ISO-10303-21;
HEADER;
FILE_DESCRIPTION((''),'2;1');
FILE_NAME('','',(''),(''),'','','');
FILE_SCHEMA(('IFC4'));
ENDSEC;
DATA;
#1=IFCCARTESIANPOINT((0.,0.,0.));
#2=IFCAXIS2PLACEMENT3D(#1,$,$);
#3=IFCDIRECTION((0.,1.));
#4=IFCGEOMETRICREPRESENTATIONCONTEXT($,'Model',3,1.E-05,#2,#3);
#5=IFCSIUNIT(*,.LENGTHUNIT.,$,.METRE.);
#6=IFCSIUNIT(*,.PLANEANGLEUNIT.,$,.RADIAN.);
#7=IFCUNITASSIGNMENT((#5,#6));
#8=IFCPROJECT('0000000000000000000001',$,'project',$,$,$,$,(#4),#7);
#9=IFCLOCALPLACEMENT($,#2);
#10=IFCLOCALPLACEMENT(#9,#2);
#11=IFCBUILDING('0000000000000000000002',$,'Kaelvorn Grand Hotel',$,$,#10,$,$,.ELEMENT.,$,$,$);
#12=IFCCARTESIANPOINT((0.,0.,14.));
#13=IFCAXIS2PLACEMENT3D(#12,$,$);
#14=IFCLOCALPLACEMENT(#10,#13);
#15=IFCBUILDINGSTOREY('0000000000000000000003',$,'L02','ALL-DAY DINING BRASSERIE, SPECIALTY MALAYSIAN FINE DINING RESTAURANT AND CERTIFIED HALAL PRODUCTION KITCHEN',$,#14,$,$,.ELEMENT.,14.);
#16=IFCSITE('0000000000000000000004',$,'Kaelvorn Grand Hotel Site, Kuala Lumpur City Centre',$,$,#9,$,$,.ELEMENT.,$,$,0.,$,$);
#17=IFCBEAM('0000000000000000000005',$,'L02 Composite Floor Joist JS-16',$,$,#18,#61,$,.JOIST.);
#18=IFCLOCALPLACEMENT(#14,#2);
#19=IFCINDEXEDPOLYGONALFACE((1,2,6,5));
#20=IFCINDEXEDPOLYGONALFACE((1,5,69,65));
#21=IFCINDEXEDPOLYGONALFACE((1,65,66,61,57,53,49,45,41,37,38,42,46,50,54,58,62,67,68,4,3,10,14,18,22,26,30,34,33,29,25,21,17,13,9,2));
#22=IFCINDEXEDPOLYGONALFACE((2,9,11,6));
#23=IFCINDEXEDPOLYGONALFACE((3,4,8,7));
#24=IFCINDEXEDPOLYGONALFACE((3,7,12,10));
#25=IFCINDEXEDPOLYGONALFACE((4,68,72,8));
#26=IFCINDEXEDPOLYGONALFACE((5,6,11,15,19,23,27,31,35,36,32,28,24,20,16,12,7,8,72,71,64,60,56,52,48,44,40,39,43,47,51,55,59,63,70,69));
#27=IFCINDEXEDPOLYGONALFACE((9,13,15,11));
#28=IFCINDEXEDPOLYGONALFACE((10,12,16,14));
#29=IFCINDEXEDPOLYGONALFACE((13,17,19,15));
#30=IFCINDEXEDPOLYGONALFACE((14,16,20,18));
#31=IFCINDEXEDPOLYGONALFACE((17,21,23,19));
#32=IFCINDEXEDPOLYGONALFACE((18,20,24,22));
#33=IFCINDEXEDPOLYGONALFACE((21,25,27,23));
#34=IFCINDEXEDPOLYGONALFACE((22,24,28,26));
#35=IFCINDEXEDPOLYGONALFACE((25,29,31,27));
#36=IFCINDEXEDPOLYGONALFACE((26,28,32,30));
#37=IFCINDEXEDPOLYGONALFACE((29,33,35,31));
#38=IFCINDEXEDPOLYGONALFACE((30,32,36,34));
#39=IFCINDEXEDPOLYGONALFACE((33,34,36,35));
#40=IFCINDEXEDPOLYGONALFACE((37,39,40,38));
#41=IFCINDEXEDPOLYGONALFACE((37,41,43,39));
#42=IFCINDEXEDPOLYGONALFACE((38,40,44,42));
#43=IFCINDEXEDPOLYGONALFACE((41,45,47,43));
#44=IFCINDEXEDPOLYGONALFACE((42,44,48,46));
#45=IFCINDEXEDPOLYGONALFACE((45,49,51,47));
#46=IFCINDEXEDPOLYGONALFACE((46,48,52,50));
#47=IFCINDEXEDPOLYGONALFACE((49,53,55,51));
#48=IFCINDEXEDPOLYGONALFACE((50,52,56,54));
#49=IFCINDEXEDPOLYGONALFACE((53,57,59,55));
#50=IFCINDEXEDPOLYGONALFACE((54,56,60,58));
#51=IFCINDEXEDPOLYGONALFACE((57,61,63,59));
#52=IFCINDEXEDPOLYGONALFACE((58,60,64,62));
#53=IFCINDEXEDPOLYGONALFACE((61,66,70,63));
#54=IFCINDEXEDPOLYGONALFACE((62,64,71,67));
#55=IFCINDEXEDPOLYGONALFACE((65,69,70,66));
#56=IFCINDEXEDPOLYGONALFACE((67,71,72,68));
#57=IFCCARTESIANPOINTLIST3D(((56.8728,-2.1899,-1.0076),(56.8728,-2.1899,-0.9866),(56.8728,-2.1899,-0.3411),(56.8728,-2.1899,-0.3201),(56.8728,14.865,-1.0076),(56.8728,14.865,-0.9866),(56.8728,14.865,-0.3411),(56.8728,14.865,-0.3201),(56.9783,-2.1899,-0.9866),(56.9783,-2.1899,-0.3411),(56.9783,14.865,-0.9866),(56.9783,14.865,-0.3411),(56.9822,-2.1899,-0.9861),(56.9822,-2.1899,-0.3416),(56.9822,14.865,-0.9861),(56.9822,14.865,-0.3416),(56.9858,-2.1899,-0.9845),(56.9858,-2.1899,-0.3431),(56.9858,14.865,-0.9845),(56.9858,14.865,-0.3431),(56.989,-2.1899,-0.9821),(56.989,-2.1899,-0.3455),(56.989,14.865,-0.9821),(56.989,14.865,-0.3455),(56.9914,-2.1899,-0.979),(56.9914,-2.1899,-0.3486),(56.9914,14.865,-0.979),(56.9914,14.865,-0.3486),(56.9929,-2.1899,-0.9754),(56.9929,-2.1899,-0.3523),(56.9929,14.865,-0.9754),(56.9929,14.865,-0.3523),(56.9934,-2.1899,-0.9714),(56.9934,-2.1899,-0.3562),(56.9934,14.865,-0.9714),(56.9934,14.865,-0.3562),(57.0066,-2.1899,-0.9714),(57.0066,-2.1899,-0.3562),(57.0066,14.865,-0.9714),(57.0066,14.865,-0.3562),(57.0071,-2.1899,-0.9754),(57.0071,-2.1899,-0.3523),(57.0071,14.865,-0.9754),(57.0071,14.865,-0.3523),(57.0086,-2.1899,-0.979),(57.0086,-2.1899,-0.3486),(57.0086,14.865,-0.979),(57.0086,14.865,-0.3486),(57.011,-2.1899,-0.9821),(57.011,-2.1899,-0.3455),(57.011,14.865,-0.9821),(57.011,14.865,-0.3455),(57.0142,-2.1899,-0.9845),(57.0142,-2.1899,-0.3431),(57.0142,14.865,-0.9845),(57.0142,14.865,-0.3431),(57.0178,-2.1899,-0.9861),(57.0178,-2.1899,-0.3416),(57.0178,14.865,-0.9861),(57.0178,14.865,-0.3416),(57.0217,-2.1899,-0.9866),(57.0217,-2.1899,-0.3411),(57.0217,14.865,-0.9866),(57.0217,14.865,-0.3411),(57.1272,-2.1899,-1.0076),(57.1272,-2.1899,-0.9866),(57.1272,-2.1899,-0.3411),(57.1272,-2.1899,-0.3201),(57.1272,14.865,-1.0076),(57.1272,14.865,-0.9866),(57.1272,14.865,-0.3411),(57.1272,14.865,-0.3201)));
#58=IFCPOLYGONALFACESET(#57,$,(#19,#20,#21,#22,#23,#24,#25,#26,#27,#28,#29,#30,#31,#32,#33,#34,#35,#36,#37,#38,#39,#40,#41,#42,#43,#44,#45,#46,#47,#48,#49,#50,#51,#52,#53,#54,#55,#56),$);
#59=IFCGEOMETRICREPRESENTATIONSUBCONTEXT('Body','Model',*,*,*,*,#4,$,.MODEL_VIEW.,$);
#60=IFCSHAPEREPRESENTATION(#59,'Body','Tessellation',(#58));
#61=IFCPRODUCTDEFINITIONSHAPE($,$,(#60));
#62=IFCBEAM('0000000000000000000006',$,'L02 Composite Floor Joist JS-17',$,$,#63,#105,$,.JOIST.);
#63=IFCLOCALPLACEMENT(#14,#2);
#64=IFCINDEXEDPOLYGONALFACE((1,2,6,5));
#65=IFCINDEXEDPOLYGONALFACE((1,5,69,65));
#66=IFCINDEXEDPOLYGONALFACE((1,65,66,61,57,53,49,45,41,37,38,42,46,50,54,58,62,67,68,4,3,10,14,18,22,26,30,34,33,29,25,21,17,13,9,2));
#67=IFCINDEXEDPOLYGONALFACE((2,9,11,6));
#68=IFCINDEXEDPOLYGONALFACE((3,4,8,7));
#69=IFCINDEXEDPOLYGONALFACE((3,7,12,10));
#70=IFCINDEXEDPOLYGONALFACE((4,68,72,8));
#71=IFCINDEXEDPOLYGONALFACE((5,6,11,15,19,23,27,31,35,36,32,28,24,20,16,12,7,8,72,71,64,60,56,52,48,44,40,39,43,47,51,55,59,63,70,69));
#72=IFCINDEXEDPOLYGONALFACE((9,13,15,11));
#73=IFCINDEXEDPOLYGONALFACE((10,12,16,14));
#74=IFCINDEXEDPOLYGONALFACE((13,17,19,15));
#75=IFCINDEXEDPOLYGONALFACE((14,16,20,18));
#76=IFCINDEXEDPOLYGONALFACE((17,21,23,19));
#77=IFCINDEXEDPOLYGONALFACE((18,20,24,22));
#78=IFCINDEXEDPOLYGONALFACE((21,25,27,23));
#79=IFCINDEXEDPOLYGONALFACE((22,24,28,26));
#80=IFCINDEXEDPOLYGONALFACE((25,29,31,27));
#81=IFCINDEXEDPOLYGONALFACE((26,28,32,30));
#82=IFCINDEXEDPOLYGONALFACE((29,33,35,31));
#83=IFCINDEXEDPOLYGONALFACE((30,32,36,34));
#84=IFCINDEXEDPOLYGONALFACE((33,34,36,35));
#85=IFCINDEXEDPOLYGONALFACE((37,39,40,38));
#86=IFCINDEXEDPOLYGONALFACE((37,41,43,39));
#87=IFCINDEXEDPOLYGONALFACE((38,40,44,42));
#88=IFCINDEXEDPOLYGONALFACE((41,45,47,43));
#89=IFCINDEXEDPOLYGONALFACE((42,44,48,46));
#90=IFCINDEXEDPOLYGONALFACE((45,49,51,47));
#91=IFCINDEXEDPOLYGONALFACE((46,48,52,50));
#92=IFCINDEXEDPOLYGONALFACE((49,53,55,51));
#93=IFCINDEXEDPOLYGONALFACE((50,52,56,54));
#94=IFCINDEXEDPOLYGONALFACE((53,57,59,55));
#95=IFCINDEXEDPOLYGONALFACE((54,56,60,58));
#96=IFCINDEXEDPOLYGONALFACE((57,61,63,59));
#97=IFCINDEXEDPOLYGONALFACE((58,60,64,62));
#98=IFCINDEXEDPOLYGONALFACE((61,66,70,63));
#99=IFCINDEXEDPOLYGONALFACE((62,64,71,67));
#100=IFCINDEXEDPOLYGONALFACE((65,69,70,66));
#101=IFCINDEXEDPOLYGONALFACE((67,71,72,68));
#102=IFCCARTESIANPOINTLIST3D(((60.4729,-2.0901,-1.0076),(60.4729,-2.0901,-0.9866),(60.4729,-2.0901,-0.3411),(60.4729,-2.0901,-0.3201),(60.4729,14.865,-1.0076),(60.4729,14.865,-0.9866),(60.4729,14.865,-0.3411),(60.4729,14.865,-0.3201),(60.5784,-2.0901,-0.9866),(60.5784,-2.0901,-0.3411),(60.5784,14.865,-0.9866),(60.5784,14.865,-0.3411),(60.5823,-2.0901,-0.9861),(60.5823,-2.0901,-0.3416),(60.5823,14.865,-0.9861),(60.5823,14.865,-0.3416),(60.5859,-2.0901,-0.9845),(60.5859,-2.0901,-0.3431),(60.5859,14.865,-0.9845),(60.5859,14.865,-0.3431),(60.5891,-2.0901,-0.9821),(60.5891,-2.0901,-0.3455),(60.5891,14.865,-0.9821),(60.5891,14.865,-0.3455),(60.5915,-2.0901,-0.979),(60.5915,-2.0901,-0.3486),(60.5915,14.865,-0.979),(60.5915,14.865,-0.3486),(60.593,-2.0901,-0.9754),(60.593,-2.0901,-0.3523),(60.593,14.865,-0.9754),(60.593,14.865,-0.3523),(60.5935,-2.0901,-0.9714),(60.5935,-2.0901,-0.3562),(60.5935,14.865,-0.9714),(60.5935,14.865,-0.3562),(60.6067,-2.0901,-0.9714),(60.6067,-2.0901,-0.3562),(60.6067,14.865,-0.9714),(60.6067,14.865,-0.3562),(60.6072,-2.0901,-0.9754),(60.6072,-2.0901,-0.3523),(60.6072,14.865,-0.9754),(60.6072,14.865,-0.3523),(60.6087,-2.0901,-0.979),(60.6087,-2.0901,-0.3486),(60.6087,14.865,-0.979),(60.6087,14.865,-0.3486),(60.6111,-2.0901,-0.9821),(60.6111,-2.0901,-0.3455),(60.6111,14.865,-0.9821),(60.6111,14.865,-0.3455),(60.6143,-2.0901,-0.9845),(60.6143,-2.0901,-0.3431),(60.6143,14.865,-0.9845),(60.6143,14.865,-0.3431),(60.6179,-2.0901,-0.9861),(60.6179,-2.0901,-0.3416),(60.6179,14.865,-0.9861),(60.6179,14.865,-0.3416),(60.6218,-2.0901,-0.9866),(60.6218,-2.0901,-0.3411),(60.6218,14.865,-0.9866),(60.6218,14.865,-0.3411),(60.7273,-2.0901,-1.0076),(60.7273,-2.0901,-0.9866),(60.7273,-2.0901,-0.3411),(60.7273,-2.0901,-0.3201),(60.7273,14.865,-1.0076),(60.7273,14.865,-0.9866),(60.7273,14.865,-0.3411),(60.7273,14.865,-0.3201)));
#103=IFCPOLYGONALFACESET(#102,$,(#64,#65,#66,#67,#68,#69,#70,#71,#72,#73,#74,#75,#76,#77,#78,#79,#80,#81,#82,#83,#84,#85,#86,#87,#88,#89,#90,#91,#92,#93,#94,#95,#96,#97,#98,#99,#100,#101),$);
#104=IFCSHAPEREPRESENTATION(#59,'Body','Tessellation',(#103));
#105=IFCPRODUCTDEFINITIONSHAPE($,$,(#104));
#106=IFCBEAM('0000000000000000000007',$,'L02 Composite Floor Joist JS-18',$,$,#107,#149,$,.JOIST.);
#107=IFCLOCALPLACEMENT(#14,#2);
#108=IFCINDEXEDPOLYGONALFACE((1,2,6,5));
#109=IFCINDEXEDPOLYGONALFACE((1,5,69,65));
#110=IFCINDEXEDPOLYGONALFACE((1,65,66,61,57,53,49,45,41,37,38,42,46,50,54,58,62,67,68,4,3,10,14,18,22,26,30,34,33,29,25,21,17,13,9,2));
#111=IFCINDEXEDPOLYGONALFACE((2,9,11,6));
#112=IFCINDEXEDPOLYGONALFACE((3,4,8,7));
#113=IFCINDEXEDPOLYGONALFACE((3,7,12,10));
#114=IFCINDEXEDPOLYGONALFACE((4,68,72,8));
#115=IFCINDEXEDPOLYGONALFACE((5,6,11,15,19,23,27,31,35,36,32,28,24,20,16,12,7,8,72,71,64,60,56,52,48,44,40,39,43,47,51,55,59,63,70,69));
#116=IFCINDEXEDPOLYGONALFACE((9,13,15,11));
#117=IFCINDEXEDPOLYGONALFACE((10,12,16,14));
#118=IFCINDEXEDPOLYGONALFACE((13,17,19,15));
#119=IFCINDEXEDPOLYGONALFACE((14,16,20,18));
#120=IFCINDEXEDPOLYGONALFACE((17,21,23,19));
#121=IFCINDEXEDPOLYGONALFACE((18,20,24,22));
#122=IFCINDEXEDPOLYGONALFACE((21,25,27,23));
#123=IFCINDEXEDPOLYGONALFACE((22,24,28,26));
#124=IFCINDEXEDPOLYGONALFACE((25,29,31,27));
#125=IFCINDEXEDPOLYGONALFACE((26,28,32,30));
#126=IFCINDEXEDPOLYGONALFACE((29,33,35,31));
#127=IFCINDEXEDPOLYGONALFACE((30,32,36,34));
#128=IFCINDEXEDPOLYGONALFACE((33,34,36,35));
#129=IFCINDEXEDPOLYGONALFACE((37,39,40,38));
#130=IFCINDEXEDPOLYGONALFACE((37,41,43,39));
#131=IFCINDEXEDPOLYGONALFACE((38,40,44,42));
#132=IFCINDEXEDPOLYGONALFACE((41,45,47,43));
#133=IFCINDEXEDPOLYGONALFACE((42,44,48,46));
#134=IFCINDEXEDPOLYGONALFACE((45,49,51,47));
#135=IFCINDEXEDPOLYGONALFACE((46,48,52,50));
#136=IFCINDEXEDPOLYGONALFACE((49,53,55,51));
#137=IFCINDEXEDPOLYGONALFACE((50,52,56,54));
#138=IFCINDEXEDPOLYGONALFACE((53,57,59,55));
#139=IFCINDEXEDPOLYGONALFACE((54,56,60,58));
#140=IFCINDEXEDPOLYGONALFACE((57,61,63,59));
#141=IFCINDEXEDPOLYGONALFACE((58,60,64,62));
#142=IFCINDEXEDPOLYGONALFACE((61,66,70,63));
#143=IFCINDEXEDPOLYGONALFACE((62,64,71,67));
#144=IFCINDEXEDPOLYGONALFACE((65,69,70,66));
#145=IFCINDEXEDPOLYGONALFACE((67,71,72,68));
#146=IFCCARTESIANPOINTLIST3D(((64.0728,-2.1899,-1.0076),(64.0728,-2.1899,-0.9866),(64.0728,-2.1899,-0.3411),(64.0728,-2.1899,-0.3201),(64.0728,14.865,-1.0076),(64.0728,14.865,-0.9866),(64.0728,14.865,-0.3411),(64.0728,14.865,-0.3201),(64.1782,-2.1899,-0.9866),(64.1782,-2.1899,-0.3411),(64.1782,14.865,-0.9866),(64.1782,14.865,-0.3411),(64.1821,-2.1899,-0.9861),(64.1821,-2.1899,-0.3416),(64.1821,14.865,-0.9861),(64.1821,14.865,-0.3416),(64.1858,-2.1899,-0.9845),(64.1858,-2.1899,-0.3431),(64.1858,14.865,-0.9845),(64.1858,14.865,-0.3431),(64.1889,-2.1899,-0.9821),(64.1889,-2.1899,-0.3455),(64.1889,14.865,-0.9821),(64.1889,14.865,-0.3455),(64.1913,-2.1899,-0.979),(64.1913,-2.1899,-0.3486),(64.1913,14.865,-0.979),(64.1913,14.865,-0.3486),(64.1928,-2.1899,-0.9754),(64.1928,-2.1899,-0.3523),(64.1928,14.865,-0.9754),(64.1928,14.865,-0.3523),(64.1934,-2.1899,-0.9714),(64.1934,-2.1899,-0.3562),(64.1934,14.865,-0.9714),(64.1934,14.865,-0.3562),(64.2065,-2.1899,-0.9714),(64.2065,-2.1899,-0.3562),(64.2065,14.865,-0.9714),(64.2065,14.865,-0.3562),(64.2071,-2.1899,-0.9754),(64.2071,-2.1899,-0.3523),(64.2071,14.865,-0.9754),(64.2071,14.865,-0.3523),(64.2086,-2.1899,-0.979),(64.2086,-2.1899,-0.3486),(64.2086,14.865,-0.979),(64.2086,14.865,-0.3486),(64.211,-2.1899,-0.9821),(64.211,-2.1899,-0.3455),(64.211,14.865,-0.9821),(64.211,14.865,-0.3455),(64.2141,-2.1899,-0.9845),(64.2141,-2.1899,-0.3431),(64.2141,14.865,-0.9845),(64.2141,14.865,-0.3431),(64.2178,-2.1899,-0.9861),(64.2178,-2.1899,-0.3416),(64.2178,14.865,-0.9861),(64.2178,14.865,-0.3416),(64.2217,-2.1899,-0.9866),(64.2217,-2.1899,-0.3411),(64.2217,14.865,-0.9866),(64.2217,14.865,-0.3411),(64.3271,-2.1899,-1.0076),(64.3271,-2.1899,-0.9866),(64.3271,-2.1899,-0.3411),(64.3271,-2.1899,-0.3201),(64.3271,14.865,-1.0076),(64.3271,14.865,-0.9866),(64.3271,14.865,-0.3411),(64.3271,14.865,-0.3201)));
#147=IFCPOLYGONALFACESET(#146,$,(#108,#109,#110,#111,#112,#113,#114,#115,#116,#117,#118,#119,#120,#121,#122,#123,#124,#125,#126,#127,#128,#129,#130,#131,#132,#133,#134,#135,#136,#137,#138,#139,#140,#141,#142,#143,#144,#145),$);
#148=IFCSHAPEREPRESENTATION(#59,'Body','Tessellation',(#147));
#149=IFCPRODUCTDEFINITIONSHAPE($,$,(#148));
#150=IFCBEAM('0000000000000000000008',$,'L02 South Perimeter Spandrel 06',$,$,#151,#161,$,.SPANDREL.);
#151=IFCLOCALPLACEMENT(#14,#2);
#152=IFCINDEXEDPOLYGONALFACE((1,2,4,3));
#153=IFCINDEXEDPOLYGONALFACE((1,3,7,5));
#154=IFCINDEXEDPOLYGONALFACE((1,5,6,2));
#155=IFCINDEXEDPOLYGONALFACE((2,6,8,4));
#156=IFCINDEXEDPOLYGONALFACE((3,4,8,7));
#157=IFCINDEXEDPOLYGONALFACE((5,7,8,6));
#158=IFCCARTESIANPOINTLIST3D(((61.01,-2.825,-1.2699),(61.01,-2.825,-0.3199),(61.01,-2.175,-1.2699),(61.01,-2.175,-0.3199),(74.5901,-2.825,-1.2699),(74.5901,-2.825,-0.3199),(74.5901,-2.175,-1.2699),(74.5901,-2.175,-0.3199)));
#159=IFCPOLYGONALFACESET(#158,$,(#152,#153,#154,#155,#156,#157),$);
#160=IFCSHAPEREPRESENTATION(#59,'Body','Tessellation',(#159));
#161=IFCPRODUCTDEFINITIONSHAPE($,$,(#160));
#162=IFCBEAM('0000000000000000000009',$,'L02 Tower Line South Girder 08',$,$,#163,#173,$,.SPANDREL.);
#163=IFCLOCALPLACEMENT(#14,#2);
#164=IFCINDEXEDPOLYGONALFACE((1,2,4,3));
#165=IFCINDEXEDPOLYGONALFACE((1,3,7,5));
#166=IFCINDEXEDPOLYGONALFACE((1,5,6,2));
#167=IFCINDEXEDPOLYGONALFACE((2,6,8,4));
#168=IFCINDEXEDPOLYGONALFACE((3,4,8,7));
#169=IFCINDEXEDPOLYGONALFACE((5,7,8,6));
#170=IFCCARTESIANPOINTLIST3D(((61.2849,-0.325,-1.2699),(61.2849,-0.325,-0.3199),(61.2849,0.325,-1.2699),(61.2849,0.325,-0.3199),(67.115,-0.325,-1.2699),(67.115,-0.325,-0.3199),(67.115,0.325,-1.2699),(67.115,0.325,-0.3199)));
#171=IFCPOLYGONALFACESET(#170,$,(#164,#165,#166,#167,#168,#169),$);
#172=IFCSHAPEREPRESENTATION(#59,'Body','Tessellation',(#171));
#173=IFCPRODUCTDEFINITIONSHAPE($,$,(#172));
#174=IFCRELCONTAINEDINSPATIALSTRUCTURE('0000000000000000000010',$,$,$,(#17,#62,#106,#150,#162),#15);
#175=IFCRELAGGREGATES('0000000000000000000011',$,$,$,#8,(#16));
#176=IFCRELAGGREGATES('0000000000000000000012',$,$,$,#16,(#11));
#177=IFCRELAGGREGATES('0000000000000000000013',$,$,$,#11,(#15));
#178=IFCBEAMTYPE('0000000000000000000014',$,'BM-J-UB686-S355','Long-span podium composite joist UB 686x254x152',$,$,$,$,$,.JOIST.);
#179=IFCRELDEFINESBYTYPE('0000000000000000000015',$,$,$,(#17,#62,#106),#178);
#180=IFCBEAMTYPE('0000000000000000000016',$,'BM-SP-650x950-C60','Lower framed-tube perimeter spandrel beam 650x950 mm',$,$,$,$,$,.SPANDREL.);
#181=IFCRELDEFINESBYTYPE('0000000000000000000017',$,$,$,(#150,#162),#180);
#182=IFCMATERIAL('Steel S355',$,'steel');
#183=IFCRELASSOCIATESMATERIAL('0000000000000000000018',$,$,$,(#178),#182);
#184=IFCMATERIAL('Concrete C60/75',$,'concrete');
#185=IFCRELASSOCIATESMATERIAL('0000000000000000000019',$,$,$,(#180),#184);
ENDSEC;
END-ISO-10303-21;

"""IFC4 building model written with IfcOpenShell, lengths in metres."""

from ifc_helpers import new_model, si_unit, direction, frame, origin, origin_2d, place, context, subcontext, project, spatial, rectangle, i_section, extrude, material, material_profile, profile_set, type_object, element, save


model = new_model("IFC4")

# Units and contexts
model_context = context("Model", 3, precision=1e-05, world=origin(), true_north=direction((0.0, 1.0)))
body_context = subcontext(model_context, "Body", "Model", "MODEL_VIEW")
ifc_project = project(units=[si_unit("LENGTHUNIT", "METRE"), si_unit("PLANEANGLEUNIT", "RADIAN")], contexts=[model_context])

# Site, building, storey
site_placement = place(None, origin())
site = spatial("IfcSite", under=ifc_project, at=site_placement, Name="Kaelvorn Grand Hotel Site, Kuala Lumpur City Centre", CompositionType="ELEMENT", RefElevation=0.0)
building_placement = place(site_placement, origin())
building = spatial("IfcBuilding", under=site, at=building_placement, Name="Kaelvorn Grand Hotel", CompositionType="ELEMENT")
storey_placement = place(building_placement, frame((0.0, 0.0, 14.0)))
storey = spatial("IfcBuildingStorey", under=building, at=storey_placement, Name="L02", Description="ALL-DAY DINING BRASSERIE, SPECIALTY MALAYSIAN FINE DINING RESTAURANT AND CERTIFIED HALAL PRODUCTION KITCHEN", CompositionType="ELEMENT", Elevation=14.0)

# Beams
ifc_material_1 = material(Name="Steel S355", Category="steel")
ifc_material_profile_1 = material_profile(ifc_material_1, i_section(OverallWidth=0.2544, OverallDepth=0.6875, WebThickness=0.0132, FlangeThickness=0.021, FilletRadius=0.0151, at=origin_2d()), Name="UB 686x254x152")
ifc_profile_set_1 = profile_set([ifc_material_profile_1], Name="Steel S355")
beam_type_1 = type_object("IfcBeamType", Name="BM-J-UB686-S355", Description="Long-span podium composite joist UB 686x254x152", PredefinedType="JOIST", material=ifc_profile_set_1)
beam_1_placement = place(storey_placement, frame((57.0, -2.1899, -0.6638), z_axis=(0.0, 1.0, 0.0), x_axis=(-1.0, 0.0, 0.0)))
element("IfcBeam", 1, at=beam_1_placement, inside=storey, type_object=beam_type_1, Name="L02 Composite Floor Joist JS-16", PredefinedType="JOIST", context=body_context, shape_type="SweptSolid", body=[
    extrude(i_section(OverallWidth=0.2544, OverallDepth=0.6875, WebThickness=0.0132, FlangeThickness=0.021, FilletRadius=0.0151, at=origin_2d()), origin(), (0.0, 0.0, 1.0), 17.0549),
])
beam_2_placement = place(storey_placement, frame((60.6001, -2.0901, -0.6638), z_axis=(0.0, 1.0, 0.0), x_axis=(-1.0, 0.0, 0.0)))
element("IfcBeam", 2, at=beam_2_placement, inside=storey, type_object=beam_type_1, Name="L02 Composite Floor Joist JS-17", PredefinedType="JOIST", context=body_context, shape_type="SweptSolid", body=[
    extrude(i_section(OverallWidth=0.2544, OverallDepth=0.6875, WebThickness=0.0132, FlangeThickness=0.021, FilletRadius=0.0151, at=origin_2d()), origin(), (0.0, 0.0, 1.0), 16.9551),
])
beam_3_placement = place(storey_placement, frame((64.2, -2.1899, -0.6638), z_axis=(0.0, 1.0, 0.0), x_axis=(-1.0, 0.0, 0.0)))
element("IfcBeam", 3, at=beam_3_placement, inside=storey, type_object=beam_type_1, Name="L02 Composite Floor Joist JS-18", PredefinedType="JOIST", context=body_context, shape_type="SweptSolid", body=[
    extrude(i_section(OverallWidth=0.2544, OverallDepth=0.6875, WebThickness=0.0132, FlangeThickness=0.021, FilletRadius=0.0151, at=origin_2d()), origin(), (0.0, 0.0, 1.0), 17.0549),
])
ifc_material_2 = material(Name="Concrete C60/75", Category="concrete")
ifc_material_profile_2 = material_profile(ifc_material_2, rectangle(XDim=0.6499, YDim=0.95, at=origin_2d()), Name="RC SPANDREL 650x950")
ifc_profile_set_2 = profile_set([ifc_material_profile_2], Name="Concrete C60/75")
beam_type_2 = type_object("IfcBeamType", Name="BM-SP-650x950-C60", Description="Lower framed-tube perimeter spandrel beam 650x950 mm", PredefinedType="SPANDREL", material=ifc_profile_set_2)
beam_4_placement = place(storey_placement, frame((61.01, -2.5, -0.7949), z_axis=(1.0, 0.0, 0.0), x_axis=(0.0, 1.0, 0.0)))
element("IfcBeam", 4, at=beam_4_placement, inside=storey, type_object=beam_type_2, Name="L02 South Perimeter Spandrel 06", PredefinedType="SPANDREL", context=body_context, shape_type="SweptSolid", body=[
    extrude(rectangle(XDim=0.6499, YDim=0.95, at=origin_2d()), origin(), (0.0, 0.0, 1.0), 13.5801),
])
beam_5_placement = place(storey_placement, frame((61.2849, 0.0, -0.7949), z_axis=(1.0, 0.0, 0.0), x_axis=(0.0, 1.0, 0.0)))
element("IfcBeam", 5, at=beam_5_placement, inside=storey, type_object=beam_type_2, Name="L02 Tower Line South Girder 08", PredefinedType="SPANDREL", context=body_context, shape_type="SweptSolid", body=[
    extrude(rectangle(XDim=0.6499, YDim=0.95, at=origin_2d()), origin(), (0.0, 0.0, 1.0), 5.8301),
])

save(model, "model.ifc")
